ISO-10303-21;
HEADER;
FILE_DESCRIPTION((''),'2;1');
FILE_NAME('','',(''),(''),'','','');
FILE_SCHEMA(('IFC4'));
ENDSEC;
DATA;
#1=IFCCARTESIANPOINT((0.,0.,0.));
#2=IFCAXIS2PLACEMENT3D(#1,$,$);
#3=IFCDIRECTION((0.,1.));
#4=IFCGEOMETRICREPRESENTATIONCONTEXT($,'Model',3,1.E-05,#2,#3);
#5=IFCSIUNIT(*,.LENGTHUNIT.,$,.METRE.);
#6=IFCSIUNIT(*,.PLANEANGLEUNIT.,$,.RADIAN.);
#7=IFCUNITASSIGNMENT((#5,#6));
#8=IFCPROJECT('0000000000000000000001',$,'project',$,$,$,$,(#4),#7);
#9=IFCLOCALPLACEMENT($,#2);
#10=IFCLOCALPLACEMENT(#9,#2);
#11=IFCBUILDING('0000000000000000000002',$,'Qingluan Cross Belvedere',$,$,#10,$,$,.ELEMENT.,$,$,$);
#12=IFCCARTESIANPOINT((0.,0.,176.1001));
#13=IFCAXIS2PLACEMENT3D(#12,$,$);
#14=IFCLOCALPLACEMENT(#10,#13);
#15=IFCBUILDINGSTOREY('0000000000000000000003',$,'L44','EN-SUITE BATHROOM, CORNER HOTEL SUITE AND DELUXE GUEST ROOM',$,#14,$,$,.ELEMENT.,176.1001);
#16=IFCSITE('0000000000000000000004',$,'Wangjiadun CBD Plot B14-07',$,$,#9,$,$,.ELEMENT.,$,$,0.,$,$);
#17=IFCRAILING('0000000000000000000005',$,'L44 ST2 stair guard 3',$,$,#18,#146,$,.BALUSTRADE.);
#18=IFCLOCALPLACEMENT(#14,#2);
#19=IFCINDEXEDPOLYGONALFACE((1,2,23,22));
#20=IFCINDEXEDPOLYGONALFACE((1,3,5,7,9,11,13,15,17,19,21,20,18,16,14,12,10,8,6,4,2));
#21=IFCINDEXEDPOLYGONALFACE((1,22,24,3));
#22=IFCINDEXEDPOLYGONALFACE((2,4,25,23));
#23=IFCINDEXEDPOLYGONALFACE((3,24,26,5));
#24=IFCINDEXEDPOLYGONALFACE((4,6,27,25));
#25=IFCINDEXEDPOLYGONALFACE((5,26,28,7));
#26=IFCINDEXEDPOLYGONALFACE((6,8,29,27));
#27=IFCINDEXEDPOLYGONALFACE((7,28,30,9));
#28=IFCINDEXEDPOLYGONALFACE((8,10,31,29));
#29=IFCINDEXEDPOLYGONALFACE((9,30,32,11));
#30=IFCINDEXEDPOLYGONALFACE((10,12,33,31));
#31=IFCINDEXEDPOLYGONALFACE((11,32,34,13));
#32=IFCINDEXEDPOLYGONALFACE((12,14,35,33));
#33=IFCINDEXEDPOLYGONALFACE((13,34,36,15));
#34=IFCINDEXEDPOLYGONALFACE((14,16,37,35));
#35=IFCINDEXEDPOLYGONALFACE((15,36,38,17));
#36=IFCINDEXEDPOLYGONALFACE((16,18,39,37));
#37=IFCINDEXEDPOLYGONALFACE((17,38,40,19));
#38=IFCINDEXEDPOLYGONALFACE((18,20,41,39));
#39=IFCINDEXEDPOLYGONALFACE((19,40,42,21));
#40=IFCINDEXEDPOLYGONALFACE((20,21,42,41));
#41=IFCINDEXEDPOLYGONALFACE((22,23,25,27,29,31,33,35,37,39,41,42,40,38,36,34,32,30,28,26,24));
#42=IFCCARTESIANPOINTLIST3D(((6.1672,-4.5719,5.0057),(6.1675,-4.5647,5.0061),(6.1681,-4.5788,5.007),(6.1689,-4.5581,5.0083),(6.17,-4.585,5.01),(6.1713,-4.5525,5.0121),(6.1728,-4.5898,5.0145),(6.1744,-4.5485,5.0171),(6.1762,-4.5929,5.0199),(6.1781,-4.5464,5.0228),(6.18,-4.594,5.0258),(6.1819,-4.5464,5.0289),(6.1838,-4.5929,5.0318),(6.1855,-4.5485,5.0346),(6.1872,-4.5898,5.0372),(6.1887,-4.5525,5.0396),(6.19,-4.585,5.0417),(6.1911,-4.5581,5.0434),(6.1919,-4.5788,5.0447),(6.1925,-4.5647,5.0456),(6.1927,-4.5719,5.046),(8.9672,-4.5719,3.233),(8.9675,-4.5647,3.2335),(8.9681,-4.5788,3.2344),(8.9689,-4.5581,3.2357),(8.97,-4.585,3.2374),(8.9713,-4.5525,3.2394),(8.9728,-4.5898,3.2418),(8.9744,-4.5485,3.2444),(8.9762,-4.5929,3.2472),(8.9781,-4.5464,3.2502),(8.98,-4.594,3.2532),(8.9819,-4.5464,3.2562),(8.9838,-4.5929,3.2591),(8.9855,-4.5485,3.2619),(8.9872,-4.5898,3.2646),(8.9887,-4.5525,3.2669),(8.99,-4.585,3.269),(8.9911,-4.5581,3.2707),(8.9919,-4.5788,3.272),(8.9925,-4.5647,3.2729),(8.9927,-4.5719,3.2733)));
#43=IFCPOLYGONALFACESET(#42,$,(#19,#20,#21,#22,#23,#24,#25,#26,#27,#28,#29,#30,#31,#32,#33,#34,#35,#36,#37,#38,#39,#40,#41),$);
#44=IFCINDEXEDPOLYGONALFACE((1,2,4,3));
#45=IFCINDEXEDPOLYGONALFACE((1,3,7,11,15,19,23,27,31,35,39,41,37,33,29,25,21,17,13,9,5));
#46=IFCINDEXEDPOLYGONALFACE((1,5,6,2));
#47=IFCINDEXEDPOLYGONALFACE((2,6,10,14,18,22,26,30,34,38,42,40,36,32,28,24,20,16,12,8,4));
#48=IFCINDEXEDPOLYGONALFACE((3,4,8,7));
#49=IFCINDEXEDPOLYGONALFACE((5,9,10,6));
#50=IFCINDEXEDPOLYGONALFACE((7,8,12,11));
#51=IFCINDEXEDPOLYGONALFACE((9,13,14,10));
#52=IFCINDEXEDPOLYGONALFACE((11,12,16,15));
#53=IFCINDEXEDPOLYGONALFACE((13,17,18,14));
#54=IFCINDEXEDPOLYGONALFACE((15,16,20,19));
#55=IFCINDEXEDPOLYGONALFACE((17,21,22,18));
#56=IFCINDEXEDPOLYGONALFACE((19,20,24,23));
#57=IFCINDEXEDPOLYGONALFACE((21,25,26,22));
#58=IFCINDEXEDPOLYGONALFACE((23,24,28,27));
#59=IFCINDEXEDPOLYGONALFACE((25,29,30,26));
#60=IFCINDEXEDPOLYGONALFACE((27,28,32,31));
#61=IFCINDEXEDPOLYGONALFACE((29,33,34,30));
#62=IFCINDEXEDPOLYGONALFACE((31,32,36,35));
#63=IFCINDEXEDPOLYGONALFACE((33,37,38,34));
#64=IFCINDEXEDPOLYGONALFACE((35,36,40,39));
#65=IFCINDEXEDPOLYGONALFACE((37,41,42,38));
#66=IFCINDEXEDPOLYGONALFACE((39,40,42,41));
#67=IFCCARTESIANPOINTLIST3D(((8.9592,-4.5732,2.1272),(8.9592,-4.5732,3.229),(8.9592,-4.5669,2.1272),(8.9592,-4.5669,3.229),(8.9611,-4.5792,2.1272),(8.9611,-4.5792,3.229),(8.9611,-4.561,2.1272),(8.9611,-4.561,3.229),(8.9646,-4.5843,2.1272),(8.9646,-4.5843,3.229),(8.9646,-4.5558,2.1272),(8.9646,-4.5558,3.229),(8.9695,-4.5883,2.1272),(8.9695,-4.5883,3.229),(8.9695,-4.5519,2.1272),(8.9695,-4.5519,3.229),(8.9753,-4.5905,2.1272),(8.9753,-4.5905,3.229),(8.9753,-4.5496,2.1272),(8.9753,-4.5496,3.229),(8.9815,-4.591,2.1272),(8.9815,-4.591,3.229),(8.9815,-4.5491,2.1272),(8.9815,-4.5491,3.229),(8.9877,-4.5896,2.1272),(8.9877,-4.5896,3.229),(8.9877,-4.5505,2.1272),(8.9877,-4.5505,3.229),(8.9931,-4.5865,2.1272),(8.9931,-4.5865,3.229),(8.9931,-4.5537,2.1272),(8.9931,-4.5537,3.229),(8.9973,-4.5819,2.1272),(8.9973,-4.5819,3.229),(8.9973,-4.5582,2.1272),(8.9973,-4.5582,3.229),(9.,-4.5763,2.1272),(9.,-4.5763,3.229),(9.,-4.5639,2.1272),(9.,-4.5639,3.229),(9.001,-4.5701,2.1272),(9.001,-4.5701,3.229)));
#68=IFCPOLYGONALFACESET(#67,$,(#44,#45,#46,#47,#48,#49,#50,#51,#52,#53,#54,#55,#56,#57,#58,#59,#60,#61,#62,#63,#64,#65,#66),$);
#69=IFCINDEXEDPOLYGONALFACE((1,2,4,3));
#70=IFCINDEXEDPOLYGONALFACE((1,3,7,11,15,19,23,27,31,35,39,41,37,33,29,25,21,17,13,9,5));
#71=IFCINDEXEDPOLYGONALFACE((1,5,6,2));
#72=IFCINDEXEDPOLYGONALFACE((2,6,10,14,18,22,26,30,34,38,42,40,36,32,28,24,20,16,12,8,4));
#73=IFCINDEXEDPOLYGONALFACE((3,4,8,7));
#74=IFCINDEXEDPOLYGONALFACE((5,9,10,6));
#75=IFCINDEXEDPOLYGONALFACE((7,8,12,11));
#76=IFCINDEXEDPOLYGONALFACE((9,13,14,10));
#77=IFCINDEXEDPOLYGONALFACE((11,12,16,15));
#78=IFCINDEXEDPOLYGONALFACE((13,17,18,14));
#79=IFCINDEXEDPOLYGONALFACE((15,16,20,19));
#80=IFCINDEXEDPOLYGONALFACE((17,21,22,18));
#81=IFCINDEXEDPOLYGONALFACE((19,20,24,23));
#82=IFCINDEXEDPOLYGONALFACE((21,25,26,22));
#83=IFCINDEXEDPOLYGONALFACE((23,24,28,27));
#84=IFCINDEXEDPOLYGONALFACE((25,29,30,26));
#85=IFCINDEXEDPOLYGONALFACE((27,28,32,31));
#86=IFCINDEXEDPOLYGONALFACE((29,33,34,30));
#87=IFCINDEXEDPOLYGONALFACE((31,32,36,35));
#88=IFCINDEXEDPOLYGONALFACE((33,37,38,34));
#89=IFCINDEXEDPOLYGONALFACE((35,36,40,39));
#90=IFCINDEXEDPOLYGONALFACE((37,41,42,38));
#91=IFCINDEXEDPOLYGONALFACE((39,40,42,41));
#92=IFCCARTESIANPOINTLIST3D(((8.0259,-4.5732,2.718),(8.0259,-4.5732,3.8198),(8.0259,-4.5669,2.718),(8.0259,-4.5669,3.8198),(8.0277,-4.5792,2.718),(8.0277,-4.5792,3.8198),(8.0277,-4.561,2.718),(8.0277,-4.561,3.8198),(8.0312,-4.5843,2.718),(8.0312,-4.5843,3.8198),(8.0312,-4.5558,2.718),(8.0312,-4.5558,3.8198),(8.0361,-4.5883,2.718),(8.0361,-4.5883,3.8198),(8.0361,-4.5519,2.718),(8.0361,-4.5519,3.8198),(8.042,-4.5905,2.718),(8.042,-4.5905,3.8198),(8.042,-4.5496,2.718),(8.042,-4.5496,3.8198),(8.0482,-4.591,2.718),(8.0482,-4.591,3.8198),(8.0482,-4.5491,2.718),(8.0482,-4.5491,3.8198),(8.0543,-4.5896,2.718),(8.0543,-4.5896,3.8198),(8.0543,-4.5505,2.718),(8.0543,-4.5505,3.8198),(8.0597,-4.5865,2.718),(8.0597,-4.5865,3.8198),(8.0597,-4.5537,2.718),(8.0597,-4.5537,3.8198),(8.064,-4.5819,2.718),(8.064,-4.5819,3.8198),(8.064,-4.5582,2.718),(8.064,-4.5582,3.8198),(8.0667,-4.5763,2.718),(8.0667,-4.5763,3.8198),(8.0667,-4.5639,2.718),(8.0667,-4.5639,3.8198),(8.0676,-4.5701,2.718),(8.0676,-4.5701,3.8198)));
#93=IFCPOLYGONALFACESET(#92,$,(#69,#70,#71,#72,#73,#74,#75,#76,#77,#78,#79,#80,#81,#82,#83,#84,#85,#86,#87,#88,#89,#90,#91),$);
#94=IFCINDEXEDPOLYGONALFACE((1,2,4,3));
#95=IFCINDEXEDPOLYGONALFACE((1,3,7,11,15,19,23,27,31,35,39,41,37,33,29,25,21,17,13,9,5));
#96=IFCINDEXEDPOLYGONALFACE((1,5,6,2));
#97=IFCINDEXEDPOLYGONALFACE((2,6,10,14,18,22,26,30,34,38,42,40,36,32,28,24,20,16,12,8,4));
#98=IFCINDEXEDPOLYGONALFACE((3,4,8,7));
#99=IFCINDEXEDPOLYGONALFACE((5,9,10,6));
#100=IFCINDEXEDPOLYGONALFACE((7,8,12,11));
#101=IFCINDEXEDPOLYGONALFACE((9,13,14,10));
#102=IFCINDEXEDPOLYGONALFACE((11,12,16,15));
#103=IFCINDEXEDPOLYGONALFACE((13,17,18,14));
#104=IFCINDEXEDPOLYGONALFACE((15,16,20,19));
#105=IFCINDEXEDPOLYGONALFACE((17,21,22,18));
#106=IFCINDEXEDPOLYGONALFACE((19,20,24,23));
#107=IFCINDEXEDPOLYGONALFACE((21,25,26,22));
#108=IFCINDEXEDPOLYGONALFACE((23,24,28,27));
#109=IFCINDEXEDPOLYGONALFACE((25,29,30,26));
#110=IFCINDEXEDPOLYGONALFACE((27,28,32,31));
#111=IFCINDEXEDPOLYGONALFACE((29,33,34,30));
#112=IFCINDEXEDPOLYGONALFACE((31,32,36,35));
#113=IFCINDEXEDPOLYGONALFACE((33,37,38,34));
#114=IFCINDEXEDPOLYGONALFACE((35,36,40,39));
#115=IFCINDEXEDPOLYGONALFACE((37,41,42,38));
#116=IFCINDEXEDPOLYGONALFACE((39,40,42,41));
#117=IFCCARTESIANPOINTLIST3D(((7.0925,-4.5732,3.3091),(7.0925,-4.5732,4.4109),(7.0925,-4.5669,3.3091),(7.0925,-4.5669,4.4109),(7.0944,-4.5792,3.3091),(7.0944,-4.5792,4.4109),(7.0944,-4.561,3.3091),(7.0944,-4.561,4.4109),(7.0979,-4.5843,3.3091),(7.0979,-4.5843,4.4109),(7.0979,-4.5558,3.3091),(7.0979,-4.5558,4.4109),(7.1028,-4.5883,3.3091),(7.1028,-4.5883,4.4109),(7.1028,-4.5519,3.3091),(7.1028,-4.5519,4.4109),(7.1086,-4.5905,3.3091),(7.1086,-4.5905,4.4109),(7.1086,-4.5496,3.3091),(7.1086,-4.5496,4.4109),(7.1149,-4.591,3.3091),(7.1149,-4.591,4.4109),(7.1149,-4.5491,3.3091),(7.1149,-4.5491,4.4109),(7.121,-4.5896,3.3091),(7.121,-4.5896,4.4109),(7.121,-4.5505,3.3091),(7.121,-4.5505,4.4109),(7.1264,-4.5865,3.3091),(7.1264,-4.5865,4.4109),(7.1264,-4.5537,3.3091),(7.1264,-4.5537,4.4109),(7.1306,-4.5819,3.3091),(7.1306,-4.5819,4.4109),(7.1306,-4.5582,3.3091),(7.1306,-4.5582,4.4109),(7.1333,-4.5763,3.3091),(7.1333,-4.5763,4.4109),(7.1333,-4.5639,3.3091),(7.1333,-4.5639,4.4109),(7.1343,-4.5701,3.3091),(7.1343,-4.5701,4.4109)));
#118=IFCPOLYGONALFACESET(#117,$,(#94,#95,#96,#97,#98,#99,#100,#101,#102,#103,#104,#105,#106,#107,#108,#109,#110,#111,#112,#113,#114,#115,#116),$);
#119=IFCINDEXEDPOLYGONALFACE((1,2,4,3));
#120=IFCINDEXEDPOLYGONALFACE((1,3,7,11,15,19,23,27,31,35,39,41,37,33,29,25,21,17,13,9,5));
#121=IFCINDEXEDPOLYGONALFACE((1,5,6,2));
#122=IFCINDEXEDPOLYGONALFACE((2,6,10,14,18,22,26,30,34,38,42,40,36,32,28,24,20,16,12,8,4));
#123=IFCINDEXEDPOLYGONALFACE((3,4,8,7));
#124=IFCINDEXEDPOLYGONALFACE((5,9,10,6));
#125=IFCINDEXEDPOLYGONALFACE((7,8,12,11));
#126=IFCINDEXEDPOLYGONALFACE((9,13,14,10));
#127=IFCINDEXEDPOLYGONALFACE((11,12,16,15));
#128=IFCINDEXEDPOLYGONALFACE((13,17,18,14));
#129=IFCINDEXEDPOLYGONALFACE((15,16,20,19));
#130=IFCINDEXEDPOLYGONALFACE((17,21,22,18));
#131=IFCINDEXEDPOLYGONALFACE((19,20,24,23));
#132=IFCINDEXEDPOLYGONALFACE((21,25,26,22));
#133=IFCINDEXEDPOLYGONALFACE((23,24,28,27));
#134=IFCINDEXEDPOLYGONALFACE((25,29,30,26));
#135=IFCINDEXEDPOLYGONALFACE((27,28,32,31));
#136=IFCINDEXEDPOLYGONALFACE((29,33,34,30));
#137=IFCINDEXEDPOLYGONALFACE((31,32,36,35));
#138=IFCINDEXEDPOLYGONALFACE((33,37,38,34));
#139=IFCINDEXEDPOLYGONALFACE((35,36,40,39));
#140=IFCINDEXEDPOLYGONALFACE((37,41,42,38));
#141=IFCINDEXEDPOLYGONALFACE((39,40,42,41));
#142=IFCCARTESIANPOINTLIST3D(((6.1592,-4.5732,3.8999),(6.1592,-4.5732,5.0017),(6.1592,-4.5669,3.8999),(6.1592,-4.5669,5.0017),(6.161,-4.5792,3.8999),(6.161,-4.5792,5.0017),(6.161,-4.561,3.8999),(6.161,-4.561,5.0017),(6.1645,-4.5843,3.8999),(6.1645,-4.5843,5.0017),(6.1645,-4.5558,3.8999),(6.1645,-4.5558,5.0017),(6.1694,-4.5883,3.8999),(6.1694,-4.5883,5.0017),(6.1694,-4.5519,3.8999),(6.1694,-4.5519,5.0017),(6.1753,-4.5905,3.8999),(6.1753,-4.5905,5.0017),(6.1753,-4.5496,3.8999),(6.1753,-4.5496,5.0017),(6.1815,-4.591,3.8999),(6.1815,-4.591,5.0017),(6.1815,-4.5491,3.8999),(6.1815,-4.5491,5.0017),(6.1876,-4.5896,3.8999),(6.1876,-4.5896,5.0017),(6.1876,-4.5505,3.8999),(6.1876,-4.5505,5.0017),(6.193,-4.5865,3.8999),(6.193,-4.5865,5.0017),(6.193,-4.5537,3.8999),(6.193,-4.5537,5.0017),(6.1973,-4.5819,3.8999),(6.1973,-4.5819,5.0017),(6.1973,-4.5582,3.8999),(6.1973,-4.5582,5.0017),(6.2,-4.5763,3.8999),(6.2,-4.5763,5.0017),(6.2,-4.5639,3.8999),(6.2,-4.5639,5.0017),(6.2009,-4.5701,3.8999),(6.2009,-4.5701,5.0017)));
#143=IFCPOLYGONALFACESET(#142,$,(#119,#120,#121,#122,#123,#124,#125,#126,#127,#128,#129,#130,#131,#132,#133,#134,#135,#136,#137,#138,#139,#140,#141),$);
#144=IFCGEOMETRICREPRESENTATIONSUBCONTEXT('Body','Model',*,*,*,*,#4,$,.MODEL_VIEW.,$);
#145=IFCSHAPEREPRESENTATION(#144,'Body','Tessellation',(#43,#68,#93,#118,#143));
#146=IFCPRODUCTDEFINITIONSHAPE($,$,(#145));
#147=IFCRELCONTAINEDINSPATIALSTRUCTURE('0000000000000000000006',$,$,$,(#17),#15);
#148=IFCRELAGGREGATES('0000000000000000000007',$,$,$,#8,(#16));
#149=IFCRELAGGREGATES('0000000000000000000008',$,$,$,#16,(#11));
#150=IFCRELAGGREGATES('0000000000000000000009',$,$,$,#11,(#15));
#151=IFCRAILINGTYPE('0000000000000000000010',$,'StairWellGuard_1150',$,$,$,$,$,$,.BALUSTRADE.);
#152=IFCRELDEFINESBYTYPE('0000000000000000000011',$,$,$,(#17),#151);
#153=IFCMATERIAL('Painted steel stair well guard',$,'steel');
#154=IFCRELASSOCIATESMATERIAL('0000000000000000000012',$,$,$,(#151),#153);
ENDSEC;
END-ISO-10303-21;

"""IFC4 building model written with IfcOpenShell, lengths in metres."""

from ifc_helpers import new_model, si_unit, direction, frame, origin, origin_2d, place, context, subcontext, project, spatial, circle, extrude, material, type_object, element, save


model = new_model("IFC4")

# Units and contexts
model_context = context("Model", 3, precision=1e-05, world=origin(), true_north=direction((0.0, 1.0)))
body_context = subcontext(model_context, "Body", "Model", "MODEL_VIEW")
ifc_project = project(units=[si_unit("LENGTHUNIT", "METRE"), si_unit("PLANEANGLEUNIT", "RADIAN")], contexts=[model_context])

# Site, building, storey
site_placement = place(None, origin())
site = spatial("IfcSite", under=ifc_project, at=site_placement, Name="Wangjiadun CBD Plot B14-07", CompositionType="ELEMENT", RefElevation=0.0)
building_placement = place(site_placement, origin())
building = spatial("IfcBuilding", under=site, at=building_placement, Name="Qingluan Cross Belvedere", CompositionType="ELEMENT")
storey_placement = place(building_placement, frame((0.0, 0.0, 176.1001)))
storey = spatial("IfcBuildingStorey", under=building, at=storey_placement, Name="L44", Description="EN-SUITE BATHROOM, CORNER HOTEL SUITE AND DELUXE GUEST ROOM", CompositionType="ELEMENT", Elevation=176.1001)

# Railing
ifc_material_1 = material(Name="Painted steel stair well guard", Category="steel")
railing_type_1 = type_object("IfcRailingType", Name="StairWellGuard_1150", PredefinedType="BALUSTRADE", material=ifc_material_1)
railing_1_placement = place(storey_placement, frame((8.98, -4.5701, 2.1272)))
element("IfcRailing", 1, at=railing_1_placement, inside=storey, type_object=railing_type_1, Name="L44 ST2 stair guard 3", PredefinedType="BALUSTRADE", context=body_context, shape_type="SweptSolid", body=[
    extrude(circle(Radius=0.0239, at=origin_2d()), frame((0.0, 0.0, 1.126), z_axis=(-0.844909, 0.0, 0.53491), x_axis=(0.0, -1.0, 0.0)), (0.0, 0.0, 1.0), 3.314),
    extrude(circle(Radius=0.021, at=origin_2d()), origin(), (0.0, 0.0, 1.0), 1.1018),
    extrude(circle(Radius=0.021, at=origin_2d()), frame((-0.9333, 0.0, 0.5908)), (0.0, 0.0, 1.0), 1.1018),
    extrude(circle(Radius=0.021, at=origin_2d()), frame((-1.8667, 0.0, 1.1819)), (0.0, 0.0, 1.0), 1.1018),
    extrude(circle(Radius=0.021, at=origin_2d()), frame((-2.8, 0.0, 1.7727)), (0.0, 0.0, 1.0), 1.1018),
])

save(model, "model.ifc")
